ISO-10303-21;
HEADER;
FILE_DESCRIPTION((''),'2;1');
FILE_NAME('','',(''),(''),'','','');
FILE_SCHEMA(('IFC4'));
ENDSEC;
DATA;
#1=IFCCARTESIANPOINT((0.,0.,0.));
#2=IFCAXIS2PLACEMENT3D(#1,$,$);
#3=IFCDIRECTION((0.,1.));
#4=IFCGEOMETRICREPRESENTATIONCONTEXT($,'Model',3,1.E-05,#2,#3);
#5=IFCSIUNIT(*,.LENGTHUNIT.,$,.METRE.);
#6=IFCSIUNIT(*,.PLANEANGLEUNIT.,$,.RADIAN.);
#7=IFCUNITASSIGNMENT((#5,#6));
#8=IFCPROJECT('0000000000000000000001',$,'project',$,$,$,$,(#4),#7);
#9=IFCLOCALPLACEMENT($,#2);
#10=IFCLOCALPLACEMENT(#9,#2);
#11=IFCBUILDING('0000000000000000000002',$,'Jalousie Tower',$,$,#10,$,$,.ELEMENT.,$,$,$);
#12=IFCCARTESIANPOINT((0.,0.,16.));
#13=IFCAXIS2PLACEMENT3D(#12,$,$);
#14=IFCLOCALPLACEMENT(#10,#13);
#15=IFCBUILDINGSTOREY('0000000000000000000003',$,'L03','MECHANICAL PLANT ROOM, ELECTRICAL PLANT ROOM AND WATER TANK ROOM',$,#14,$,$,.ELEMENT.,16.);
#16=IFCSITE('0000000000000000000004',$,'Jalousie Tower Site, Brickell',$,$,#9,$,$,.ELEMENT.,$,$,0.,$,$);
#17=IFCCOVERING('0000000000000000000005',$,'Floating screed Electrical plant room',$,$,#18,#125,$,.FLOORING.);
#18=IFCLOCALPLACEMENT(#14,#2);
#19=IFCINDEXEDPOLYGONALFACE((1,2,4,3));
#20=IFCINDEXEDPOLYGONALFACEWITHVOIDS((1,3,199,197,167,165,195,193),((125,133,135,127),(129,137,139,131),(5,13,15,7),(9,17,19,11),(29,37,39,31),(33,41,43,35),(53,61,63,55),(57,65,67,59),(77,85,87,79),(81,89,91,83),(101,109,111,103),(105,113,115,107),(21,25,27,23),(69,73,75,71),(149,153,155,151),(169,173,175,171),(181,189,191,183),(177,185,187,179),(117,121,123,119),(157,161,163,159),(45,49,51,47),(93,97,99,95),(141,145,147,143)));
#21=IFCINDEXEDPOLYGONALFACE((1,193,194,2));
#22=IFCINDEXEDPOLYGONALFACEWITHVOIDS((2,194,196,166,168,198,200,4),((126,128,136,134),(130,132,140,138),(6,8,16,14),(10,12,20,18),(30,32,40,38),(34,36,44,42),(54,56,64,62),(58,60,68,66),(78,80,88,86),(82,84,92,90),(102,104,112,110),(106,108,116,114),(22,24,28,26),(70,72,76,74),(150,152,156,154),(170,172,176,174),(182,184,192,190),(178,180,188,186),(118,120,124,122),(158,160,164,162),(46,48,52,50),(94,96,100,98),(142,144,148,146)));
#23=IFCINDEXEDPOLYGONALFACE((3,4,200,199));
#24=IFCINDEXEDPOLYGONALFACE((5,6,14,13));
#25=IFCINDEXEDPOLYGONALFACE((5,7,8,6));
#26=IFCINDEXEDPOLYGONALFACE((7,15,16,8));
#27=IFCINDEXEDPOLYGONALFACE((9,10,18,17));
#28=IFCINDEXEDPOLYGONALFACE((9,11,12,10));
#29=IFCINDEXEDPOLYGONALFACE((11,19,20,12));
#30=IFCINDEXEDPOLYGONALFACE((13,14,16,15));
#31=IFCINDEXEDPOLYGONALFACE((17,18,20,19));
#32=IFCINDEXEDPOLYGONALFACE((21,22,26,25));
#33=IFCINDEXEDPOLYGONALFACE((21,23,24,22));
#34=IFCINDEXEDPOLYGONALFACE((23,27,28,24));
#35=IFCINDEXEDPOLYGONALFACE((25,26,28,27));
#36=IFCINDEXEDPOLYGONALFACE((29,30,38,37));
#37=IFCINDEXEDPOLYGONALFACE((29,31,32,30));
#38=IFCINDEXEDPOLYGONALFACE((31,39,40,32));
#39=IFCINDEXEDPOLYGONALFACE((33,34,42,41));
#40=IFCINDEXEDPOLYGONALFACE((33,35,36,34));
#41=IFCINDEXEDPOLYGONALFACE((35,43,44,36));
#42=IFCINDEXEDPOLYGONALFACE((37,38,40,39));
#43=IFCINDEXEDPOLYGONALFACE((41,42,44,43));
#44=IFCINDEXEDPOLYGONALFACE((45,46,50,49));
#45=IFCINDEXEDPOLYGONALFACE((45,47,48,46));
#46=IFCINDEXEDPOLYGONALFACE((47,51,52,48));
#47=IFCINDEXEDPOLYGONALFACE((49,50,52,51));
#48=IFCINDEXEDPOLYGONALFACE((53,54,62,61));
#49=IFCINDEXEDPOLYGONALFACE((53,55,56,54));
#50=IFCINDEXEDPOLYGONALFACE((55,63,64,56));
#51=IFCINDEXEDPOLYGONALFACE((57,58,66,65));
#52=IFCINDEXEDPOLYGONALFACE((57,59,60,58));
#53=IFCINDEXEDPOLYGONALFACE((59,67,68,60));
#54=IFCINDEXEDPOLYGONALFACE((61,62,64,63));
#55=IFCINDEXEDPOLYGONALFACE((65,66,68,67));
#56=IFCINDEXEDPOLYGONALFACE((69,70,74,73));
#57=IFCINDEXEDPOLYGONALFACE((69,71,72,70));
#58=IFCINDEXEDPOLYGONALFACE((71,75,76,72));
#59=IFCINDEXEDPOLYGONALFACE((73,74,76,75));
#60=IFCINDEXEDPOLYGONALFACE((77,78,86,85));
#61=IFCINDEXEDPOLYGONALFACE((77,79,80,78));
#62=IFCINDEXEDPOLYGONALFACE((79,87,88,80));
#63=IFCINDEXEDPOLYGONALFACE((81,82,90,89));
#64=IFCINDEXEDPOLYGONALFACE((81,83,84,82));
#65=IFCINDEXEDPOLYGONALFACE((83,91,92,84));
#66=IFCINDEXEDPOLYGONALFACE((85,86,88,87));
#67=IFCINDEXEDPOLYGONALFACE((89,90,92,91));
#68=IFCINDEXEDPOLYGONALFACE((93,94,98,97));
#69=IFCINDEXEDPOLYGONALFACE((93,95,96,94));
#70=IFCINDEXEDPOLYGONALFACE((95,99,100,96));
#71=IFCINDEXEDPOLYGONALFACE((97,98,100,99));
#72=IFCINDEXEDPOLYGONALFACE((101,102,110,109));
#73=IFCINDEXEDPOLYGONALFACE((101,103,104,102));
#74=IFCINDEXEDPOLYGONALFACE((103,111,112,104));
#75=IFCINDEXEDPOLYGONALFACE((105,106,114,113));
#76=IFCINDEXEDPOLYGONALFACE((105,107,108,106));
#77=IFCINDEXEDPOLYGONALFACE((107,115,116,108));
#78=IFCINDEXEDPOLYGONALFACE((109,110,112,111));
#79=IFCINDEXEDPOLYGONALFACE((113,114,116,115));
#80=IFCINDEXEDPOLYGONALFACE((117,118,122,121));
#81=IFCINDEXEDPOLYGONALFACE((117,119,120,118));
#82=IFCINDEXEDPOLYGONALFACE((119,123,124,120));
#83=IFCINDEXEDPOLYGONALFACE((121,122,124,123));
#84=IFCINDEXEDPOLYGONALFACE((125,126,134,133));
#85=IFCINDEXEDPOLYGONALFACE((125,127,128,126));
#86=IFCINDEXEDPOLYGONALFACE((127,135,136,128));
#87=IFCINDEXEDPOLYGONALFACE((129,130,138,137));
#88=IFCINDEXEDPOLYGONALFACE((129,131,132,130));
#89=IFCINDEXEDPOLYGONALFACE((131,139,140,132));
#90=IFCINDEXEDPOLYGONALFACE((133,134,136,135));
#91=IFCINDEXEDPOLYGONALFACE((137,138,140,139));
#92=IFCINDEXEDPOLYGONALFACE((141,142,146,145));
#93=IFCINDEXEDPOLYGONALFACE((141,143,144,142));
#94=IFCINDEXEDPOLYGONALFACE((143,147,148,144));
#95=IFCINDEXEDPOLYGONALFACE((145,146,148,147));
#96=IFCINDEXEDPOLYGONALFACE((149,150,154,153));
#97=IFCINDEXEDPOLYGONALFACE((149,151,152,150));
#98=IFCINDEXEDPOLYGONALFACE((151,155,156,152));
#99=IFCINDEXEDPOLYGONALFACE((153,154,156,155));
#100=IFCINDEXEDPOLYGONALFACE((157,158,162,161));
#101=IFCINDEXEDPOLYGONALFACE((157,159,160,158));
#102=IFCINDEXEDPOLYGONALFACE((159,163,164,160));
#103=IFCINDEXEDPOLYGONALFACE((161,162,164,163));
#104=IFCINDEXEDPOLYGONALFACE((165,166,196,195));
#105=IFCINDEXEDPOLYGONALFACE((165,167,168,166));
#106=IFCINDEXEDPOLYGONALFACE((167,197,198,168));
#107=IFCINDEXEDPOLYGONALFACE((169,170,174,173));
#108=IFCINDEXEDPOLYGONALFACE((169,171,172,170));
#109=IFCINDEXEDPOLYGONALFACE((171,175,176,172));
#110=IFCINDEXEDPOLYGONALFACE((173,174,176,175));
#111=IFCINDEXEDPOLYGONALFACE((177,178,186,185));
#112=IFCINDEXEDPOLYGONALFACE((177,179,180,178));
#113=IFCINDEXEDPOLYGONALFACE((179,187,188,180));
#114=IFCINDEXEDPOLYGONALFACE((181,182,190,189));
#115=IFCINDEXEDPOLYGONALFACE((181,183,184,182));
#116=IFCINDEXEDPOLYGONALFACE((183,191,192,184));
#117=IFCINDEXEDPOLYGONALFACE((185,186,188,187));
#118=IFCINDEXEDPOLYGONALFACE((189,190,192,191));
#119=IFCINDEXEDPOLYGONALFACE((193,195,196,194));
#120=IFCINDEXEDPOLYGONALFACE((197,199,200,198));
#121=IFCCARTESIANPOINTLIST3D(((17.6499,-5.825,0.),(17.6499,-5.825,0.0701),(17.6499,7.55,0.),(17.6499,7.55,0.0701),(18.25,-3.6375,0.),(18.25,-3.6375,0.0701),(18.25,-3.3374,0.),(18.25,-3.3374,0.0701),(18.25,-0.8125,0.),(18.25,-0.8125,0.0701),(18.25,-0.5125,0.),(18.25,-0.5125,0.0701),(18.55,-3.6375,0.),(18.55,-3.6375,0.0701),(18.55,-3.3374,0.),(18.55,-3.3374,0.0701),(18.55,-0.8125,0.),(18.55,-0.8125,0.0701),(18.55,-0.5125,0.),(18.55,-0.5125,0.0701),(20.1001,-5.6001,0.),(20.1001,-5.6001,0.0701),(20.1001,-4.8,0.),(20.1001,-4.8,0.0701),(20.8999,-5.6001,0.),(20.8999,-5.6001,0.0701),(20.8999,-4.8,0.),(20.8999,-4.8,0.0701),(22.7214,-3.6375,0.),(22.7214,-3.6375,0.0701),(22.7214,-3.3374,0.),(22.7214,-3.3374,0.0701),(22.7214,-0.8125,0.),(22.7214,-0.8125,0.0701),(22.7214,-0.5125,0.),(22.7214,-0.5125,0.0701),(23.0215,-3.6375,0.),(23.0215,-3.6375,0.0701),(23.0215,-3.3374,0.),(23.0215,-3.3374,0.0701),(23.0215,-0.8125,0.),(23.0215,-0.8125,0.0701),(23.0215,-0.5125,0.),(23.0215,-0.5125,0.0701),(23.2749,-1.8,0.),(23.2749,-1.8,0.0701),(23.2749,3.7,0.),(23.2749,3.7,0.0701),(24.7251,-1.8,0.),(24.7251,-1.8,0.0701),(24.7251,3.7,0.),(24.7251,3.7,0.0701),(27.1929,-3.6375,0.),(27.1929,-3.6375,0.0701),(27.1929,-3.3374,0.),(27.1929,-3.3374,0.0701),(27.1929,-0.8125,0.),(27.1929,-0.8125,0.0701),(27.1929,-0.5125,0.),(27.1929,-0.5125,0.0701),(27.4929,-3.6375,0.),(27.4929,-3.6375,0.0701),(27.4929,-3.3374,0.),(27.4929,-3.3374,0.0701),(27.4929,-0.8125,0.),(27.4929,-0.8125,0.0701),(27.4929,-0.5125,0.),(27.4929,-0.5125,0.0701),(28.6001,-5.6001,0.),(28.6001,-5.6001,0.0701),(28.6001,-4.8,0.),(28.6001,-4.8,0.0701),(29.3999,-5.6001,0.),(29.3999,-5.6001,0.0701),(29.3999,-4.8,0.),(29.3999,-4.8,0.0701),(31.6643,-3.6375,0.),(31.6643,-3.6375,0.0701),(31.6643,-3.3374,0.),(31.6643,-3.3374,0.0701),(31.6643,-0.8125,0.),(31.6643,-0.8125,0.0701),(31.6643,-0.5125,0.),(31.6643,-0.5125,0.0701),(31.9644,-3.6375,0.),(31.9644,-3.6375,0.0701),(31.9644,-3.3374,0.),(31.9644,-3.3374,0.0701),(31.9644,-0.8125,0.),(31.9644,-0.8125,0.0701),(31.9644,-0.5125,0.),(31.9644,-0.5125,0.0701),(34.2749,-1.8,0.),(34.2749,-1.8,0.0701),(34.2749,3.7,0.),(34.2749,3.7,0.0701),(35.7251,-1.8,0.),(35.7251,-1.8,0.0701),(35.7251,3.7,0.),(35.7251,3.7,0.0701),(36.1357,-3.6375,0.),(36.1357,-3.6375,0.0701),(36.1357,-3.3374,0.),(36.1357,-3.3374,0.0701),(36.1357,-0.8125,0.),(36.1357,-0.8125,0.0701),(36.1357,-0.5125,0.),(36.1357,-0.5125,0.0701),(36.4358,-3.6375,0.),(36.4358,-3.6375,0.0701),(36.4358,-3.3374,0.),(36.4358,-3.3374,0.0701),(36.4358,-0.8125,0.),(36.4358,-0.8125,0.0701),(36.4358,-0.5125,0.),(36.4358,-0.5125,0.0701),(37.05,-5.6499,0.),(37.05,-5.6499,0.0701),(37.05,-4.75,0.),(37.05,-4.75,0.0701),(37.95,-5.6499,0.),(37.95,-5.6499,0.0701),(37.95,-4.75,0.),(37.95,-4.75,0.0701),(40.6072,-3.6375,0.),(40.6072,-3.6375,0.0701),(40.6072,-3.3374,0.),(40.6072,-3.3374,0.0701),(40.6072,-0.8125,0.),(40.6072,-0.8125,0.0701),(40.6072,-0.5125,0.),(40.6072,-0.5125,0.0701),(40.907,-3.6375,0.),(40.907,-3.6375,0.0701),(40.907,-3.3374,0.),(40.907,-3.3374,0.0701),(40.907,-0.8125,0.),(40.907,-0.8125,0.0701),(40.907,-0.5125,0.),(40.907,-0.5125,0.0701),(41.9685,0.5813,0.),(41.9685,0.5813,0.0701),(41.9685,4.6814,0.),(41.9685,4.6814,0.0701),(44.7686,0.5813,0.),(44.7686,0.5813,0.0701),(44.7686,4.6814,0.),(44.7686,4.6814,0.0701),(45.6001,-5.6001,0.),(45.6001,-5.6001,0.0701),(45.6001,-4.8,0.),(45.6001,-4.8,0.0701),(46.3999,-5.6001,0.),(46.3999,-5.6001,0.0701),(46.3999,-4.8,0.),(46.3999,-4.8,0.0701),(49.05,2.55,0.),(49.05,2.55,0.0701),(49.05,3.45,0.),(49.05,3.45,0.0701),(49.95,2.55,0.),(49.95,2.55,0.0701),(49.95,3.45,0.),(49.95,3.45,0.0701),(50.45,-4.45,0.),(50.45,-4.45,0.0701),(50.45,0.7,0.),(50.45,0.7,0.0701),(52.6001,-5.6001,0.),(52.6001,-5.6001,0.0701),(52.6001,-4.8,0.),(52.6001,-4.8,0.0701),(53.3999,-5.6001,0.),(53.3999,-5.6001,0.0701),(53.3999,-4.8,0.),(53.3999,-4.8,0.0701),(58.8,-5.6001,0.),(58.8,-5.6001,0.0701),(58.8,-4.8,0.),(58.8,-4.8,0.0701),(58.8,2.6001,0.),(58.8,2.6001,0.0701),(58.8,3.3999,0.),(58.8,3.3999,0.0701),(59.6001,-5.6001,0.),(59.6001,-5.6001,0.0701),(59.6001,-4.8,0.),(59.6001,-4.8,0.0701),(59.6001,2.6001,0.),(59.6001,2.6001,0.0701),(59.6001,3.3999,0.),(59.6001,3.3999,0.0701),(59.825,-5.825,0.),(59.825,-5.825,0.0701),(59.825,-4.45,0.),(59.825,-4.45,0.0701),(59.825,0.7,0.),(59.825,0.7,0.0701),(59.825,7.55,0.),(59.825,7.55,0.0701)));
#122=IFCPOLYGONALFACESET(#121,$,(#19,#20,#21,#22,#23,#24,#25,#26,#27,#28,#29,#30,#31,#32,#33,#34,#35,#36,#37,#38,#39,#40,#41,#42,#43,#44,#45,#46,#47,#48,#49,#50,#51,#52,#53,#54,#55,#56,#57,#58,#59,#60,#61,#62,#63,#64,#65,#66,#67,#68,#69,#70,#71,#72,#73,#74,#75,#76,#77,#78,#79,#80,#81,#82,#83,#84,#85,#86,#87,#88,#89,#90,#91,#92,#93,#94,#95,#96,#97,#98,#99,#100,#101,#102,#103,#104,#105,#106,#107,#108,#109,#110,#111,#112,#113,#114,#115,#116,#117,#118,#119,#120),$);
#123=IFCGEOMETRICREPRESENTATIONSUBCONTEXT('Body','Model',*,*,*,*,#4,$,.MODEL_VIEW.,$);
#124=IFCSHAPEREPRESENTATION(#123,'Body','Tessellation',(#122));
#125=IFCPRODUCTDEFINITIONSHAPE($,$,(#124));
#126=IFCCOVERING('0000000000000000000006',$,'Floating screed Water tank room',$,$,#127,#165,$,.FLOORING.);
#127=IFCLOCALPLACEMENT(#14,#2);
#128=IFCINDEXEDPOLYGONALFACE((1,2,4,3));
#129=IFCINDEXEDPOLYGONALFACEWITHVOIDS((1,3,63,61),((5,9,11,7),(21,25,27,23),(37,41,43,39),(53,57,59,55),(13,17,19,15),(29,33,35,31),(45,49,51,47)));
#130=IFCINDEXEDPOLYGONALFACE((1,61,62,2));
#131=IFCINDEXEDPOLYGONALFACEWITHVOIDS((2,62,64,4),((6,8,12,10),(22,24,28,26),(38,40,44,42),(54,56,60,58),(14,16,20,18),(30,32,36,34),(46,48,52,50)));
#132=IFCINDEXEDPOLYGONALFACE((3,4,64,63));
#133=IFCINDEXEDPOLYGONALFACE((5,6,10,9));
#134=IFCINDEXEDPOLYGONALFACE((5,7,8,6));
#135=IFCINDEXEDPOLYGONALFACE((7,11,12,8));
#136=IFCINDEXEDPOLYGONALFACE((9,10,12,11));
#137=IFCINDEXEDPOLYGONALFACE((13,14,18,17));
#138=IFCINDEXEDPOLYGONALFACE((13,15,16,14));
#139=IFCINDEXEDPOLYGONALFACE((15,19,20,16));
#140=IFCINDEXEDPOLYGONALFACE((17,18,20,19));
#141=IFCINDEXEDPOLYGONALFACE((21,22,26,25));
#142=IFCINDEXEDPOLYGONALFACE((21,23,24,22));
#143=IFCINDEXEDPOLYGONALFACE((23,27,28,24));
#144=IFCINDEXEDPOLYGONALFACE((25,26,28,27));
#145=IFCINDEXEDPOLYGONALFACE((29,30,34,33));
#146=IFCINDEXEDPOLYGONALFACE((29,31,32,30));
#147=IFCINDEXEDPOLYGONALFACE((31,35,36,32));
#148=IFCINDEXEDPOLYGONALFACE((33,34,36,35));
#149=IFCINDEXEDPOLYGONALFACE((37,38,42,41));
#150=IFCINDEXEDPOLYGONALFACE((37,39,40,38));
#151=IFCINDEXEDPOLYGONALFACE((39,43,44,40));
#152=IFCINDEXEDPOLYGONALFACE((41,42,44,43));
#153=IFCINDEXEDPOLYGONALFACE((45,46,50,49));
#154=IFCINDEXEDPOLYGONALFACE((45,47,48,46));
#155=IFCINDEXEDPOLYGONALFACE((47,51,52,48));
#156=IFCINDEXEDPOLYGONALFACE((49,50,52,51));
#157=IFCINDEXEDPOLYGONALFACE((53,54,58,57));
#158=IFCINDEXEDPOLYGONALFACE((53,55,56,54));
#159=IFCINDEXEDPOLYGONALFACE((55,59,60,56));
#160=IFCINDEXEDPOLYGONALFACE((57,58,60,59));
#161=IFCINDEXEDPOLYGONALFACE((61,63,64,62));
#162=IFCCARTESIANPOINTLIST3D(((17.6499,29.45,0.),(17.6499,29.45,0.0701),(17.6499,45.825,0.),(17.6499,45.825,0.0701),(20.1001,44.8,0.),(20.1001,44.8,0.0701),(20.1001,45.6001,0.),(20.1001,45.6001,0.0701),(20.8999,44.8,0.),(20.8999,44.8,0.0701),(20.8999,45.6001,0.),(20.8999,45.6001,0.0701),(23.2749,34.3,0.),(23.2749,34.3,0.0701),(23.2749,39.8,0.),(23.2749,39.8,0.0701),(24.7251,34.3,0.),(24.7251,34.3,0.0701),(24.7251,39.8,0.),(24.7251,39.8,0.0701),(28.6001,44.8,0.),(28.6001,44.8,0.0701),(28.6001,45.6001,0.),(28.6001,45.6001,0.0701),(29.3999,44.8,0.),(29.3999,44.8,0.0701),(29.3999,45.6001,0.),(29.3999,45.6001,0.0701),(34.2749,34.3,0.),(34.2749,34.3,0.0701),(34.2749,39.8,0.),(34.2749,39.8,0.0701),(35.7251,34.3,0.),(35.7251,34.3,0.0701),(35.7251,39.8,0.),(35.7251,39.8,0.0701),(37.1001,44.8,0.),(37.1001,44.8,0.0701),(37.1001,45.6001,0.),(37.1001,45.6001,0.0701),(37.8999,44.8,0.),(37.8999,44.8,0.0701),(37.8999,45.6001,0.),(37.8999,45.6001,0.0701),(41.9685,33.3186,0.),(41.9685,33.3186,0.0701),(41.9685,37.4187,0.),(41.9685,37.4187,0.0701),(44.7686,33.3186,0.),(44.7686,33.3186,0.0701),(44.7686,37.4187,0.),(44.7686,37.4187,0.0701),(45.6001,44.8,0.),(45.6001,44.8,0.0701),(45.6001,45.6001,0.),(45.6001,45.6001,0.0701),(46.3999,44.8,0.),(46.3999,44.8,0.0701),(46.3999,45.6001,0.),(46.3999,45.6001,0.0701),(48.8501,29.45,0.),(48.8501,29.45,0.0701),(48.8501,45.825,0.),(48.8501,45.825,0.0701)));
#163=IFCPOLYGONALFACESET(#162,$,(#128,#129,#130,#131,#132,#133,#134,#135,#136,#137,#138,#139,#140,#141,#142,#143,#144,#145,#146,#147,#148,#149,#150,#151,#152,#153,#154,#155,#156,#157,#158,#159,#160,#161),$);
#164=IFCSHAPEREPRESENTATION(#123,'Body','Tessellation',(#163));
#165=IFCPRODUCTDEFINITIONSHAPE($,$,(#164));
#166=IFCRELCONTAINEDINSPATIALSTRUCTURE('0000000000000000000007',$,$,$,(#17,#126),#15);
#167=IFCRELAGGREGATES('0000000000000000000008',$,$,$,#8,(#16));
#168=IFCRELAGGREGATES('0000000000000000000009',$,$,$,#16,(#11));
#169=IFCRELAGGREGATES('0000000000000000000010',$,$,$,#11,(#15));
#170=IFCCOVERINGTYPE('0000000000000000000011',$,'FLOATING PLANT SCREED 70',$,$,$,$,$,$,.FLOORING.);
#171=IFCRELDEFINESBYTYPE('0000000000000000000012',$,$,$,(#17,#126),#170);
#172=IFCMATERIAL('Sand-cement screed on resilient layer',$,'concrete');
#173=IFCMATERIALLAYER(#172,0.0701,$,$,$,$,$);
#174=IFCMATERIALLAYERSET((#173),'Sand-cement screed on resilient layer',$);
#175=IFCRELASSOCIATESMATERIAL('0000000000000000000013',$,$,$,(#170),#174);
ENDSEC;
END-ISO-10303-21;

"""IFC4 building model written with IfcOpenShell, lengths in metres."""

from ifc_helpers import new_model, si_unit, direction, frame, origin, place, context, subcontext, project, spatial, polyline, outline, extrude, material, layer, layer_set, type_object, element, save


model = new_model("IFC4")

# Units and contexts
model_context = context("Model", 3, precision=1e-05, world=origin(), true_north=direction((0.0, 1.0)))
body_context = subcontext(model_context, "Body", "Model", "MODEL_VIEW")
ifc_project = project(units=[si_unit("LENGTHUNIT", "METRE"), si_unit("PLANEANGLEUNIT", "RADIAN")], contexts=[model_context])

# Site, building, storey
site_placement = place(None, origin())
site = spatial("IfcSite", under=ifc_project, at=site_placement, Name="Jalousie Tower Site, Brickell", CompositionType="ELEMENT", RefElevation=0.0)
building_placement = place(site_placement, origin())
building = spatial("IfcBuilding", under=site, at=building_placement, Name="Jalousie Tower", CompositionType="ELEMENT")
storey_placement = place(building_placement, frame((0.0, 0.0, 16.0)))
storey = spatial("IfcBuildingStorey", under=building, at=storey_placement, Name="L03", Description="MECHANICAL PLANT ROOM, ELECTRICAL PLANT ROOM AND WATER TANK ROOM", CompositionType="ELEMENT", Elevation=16.0)

# Coverings
ifc_material_1 = material(Name="Sand-cement screed on resilient layer", Category="concrete")
ifc_layer_1 = layer(ifc_material_1, 0.0701)
ifc_layer_set_1 = layer_set([ifc_layer_1], Name="Sand-cement screed on resilient layer")
covering_type = type_object("IfcCoveringType", Name="FLOATING PLANT SCREED 70", PredefinedType="FLOORING", material=ifc_layer_set_1)
covering_1_placement = place(storey_placement, origin())
element("IfcCovering", 1, at=covering_1_placement, inside=storey, type_object=covering_type, Name="Floating screed Electrical plant room", PredefinedType="FLOORING", context=body_context, shape_type="SweptSolid", body=[
    extrude(outline(polyline([(17.6499, 7.55), (59.825, 7.55), (59.825, 0.7), (50.45, 0.7), (50.45, -4.45), (59.825, -4.45), (59.825, -5.825), (17.6499, -5.825), (17.6499, 7.55)]), holes=[polyline([(58.8, -4.8), (58.8, -5.6001), (59.6001, -5.6001), (59.6001, -4.8), (58.8, -4.8)]), polyline([(58.8, 3.3999), (58.8, 2.6001), (59.6001, 2.6001), (59.6001, 3.3999), (58.8, 3.3999)]), polyline([(52.6001, -4.8), (52.6001, -5.6001), (53.3999, -5.6001), (53.3999, -4.8), (52.6001, -4.8)]), polyline([(49.05, 2.55), (49.95, 2.55), (49.95, 3.45), (49.05, 3.45), (49.05, 2.55)]), polyline([(45.6001, -4.8), (45.6001, -5.6001), (46.3999, -5.6001), (46.3999, -4.8), (45.6001, -4.8)]), polyline([(41.9685, 4.6814), (41.9685, 0.5813), (44.7686, 0.5813), (44.7686, 4.6814), (41.9685, 4.6814)]), polyline([(37.05, -4.75), (37.05, -5.6499), (37.95, -5.6499), (37.95, -4.75), (37.05, -4.75)]), polyline([(34.2749, -1.8), (35.7251, -1.8), (35.7251, 3.7), (34.2749, 3.7), (34.2749, -1.8)]), polyline([(28.6001, -4.8), (28.6001, -5.6001), (29.3999, -5.6001), (29.3999, -4.8), (28.6001, -4.8)]), polyline([(23.2749, 3.7), (23.2749, -1.8), (24.7251, -1.8), (24.7251, 3.7), (23.2749, 3.7)]), polyline([(20.1001, -5.6001), (20.8999, -5.6001), (20.8999, -4.8), (20.1001, -4.8), (20.1001, -5.6001)]), polyline([(18.25, -3.6375), (18.55, -3.6375), (18.55, -3.3374), (18.25, -3.3374), (18.25, -3.6375)]), polyline([(18.25, -0.8125), (18.55, -0.8125), (18.55, -0.5125), (18.25, -0.5125), (18.25, -0.8125)]), polyline([(22.7214, -3.6375), (23.0215, -3.6375), (23.0215, -3.3374), (22.7214, -3.3374), (22.7214, -3.6375)]), polyline([(22.7214, -0.8125), (23.0215, -0.8125), (23.0215, -0.5125), (22.7214, -0.5125), (22.7214, -0.8125)]), polyline([(27.1929, -3.6375), (27.4929, -3.6375), (27.4929, -3.3374), (27.1929, -3.3374), (27.1929, -3.6375)]), polyline([(27.1929, -0.8125), (27.4929, -0.8125), (27.4929, -0.5125), (27.1929, -0.5125), (27.1929, -0.8125)]), polyline([(31.6643, -3.6375), (31.9644, -3.6375), (31.9644, -3.3374), (31.6643, -3.3374), (31.6643, -3.6375)]), polyline([(31.6643, -0.8125), (31.9644, -0.8125), (31.9644, -0.5125), (31.6643, -0.5125), (31.6643, -0.8125)]), polyline([(36.1357, -3.6375), (36.4358, -3.6375), (36.4358, -3.3374), (36.1357, -3.3374), (36.1357, -3.6375)]), polyline([(36.1357, -0.8125), (36.4358, -0.8125), (36.4358, -0.5125), (36.1357, -0.5125), (36.1357, -0.8125)]), polyline([(40.6072, -3.6375), (40.907, -3.6375), (40.907, -3.3374), (40.6072, -3.3374), (40.6072, -3.6375)]), polyline([(40.6072, -0.8125), (40.907, -0.8125), (40.907, -0.5125), (40.6072, -0.5125), (40.6072, -0.8125)])]), origin(), (0.0, 0.0, 1.0), 0.0701),
])
covering_2_placement = place(storey_placement, origin())
element("IfcCovering", 2, at=covering_2_placement, inside=storey, type_object=covering_type, Name="Floating screed Water tank room", PredefinedType="FLOORING", context=body_context, shape_type="SweptSolid", body=[
    extrude(outline(polyline([(17.6499, 45.825), (48.8501, 45.825), (48.8501, 29.45), (17.6499, 29.45), (17.6499, 45.825)]), holes=[polyline([(45.6001, 45.6001), (45.6001, 44.8), (46.3999, 44.8), (46.3999, 45.6001), (45.6001, 45.6001)]), polyline([(41.9685, 37.4187), (41.9685, 33.3186), (44.7686, 33.3186), (44.7686, 37.4187), (41.9685, 37.4187)]), polyline([(37.1001, 44.8), (37.8999, 44.8), (37.8999, 45.6001), (37.1001, 45.6001), (37.1001, 44.8)]), polyline([(34.2749, 39.8), (34.2749, 34.3), (35.7251, 34.3), (35.7251, 39.8), (34.2749, 39.8)]), polyline([(28.6001, 45.6001), (28.6001, 44.8), (29.3999, 44.8), (29.3999, 45.6001), (28.6001, 45.6001)]), polyline([(23.2749, 39.8), (23.2749, 34.3), (24.7251, 34.3), (24.7251, 39.8), (23.2749, 39.8)]), polyline([(20.1001, 44.8), (20.8999, 44.8), (20.8999, 45.6001), (20.1001, 45.6001), (20.1001, 44.8)])]), origin(), (0.0, 0.0, 1.0), 0.0701),
])

save(model, "model.ifc")
